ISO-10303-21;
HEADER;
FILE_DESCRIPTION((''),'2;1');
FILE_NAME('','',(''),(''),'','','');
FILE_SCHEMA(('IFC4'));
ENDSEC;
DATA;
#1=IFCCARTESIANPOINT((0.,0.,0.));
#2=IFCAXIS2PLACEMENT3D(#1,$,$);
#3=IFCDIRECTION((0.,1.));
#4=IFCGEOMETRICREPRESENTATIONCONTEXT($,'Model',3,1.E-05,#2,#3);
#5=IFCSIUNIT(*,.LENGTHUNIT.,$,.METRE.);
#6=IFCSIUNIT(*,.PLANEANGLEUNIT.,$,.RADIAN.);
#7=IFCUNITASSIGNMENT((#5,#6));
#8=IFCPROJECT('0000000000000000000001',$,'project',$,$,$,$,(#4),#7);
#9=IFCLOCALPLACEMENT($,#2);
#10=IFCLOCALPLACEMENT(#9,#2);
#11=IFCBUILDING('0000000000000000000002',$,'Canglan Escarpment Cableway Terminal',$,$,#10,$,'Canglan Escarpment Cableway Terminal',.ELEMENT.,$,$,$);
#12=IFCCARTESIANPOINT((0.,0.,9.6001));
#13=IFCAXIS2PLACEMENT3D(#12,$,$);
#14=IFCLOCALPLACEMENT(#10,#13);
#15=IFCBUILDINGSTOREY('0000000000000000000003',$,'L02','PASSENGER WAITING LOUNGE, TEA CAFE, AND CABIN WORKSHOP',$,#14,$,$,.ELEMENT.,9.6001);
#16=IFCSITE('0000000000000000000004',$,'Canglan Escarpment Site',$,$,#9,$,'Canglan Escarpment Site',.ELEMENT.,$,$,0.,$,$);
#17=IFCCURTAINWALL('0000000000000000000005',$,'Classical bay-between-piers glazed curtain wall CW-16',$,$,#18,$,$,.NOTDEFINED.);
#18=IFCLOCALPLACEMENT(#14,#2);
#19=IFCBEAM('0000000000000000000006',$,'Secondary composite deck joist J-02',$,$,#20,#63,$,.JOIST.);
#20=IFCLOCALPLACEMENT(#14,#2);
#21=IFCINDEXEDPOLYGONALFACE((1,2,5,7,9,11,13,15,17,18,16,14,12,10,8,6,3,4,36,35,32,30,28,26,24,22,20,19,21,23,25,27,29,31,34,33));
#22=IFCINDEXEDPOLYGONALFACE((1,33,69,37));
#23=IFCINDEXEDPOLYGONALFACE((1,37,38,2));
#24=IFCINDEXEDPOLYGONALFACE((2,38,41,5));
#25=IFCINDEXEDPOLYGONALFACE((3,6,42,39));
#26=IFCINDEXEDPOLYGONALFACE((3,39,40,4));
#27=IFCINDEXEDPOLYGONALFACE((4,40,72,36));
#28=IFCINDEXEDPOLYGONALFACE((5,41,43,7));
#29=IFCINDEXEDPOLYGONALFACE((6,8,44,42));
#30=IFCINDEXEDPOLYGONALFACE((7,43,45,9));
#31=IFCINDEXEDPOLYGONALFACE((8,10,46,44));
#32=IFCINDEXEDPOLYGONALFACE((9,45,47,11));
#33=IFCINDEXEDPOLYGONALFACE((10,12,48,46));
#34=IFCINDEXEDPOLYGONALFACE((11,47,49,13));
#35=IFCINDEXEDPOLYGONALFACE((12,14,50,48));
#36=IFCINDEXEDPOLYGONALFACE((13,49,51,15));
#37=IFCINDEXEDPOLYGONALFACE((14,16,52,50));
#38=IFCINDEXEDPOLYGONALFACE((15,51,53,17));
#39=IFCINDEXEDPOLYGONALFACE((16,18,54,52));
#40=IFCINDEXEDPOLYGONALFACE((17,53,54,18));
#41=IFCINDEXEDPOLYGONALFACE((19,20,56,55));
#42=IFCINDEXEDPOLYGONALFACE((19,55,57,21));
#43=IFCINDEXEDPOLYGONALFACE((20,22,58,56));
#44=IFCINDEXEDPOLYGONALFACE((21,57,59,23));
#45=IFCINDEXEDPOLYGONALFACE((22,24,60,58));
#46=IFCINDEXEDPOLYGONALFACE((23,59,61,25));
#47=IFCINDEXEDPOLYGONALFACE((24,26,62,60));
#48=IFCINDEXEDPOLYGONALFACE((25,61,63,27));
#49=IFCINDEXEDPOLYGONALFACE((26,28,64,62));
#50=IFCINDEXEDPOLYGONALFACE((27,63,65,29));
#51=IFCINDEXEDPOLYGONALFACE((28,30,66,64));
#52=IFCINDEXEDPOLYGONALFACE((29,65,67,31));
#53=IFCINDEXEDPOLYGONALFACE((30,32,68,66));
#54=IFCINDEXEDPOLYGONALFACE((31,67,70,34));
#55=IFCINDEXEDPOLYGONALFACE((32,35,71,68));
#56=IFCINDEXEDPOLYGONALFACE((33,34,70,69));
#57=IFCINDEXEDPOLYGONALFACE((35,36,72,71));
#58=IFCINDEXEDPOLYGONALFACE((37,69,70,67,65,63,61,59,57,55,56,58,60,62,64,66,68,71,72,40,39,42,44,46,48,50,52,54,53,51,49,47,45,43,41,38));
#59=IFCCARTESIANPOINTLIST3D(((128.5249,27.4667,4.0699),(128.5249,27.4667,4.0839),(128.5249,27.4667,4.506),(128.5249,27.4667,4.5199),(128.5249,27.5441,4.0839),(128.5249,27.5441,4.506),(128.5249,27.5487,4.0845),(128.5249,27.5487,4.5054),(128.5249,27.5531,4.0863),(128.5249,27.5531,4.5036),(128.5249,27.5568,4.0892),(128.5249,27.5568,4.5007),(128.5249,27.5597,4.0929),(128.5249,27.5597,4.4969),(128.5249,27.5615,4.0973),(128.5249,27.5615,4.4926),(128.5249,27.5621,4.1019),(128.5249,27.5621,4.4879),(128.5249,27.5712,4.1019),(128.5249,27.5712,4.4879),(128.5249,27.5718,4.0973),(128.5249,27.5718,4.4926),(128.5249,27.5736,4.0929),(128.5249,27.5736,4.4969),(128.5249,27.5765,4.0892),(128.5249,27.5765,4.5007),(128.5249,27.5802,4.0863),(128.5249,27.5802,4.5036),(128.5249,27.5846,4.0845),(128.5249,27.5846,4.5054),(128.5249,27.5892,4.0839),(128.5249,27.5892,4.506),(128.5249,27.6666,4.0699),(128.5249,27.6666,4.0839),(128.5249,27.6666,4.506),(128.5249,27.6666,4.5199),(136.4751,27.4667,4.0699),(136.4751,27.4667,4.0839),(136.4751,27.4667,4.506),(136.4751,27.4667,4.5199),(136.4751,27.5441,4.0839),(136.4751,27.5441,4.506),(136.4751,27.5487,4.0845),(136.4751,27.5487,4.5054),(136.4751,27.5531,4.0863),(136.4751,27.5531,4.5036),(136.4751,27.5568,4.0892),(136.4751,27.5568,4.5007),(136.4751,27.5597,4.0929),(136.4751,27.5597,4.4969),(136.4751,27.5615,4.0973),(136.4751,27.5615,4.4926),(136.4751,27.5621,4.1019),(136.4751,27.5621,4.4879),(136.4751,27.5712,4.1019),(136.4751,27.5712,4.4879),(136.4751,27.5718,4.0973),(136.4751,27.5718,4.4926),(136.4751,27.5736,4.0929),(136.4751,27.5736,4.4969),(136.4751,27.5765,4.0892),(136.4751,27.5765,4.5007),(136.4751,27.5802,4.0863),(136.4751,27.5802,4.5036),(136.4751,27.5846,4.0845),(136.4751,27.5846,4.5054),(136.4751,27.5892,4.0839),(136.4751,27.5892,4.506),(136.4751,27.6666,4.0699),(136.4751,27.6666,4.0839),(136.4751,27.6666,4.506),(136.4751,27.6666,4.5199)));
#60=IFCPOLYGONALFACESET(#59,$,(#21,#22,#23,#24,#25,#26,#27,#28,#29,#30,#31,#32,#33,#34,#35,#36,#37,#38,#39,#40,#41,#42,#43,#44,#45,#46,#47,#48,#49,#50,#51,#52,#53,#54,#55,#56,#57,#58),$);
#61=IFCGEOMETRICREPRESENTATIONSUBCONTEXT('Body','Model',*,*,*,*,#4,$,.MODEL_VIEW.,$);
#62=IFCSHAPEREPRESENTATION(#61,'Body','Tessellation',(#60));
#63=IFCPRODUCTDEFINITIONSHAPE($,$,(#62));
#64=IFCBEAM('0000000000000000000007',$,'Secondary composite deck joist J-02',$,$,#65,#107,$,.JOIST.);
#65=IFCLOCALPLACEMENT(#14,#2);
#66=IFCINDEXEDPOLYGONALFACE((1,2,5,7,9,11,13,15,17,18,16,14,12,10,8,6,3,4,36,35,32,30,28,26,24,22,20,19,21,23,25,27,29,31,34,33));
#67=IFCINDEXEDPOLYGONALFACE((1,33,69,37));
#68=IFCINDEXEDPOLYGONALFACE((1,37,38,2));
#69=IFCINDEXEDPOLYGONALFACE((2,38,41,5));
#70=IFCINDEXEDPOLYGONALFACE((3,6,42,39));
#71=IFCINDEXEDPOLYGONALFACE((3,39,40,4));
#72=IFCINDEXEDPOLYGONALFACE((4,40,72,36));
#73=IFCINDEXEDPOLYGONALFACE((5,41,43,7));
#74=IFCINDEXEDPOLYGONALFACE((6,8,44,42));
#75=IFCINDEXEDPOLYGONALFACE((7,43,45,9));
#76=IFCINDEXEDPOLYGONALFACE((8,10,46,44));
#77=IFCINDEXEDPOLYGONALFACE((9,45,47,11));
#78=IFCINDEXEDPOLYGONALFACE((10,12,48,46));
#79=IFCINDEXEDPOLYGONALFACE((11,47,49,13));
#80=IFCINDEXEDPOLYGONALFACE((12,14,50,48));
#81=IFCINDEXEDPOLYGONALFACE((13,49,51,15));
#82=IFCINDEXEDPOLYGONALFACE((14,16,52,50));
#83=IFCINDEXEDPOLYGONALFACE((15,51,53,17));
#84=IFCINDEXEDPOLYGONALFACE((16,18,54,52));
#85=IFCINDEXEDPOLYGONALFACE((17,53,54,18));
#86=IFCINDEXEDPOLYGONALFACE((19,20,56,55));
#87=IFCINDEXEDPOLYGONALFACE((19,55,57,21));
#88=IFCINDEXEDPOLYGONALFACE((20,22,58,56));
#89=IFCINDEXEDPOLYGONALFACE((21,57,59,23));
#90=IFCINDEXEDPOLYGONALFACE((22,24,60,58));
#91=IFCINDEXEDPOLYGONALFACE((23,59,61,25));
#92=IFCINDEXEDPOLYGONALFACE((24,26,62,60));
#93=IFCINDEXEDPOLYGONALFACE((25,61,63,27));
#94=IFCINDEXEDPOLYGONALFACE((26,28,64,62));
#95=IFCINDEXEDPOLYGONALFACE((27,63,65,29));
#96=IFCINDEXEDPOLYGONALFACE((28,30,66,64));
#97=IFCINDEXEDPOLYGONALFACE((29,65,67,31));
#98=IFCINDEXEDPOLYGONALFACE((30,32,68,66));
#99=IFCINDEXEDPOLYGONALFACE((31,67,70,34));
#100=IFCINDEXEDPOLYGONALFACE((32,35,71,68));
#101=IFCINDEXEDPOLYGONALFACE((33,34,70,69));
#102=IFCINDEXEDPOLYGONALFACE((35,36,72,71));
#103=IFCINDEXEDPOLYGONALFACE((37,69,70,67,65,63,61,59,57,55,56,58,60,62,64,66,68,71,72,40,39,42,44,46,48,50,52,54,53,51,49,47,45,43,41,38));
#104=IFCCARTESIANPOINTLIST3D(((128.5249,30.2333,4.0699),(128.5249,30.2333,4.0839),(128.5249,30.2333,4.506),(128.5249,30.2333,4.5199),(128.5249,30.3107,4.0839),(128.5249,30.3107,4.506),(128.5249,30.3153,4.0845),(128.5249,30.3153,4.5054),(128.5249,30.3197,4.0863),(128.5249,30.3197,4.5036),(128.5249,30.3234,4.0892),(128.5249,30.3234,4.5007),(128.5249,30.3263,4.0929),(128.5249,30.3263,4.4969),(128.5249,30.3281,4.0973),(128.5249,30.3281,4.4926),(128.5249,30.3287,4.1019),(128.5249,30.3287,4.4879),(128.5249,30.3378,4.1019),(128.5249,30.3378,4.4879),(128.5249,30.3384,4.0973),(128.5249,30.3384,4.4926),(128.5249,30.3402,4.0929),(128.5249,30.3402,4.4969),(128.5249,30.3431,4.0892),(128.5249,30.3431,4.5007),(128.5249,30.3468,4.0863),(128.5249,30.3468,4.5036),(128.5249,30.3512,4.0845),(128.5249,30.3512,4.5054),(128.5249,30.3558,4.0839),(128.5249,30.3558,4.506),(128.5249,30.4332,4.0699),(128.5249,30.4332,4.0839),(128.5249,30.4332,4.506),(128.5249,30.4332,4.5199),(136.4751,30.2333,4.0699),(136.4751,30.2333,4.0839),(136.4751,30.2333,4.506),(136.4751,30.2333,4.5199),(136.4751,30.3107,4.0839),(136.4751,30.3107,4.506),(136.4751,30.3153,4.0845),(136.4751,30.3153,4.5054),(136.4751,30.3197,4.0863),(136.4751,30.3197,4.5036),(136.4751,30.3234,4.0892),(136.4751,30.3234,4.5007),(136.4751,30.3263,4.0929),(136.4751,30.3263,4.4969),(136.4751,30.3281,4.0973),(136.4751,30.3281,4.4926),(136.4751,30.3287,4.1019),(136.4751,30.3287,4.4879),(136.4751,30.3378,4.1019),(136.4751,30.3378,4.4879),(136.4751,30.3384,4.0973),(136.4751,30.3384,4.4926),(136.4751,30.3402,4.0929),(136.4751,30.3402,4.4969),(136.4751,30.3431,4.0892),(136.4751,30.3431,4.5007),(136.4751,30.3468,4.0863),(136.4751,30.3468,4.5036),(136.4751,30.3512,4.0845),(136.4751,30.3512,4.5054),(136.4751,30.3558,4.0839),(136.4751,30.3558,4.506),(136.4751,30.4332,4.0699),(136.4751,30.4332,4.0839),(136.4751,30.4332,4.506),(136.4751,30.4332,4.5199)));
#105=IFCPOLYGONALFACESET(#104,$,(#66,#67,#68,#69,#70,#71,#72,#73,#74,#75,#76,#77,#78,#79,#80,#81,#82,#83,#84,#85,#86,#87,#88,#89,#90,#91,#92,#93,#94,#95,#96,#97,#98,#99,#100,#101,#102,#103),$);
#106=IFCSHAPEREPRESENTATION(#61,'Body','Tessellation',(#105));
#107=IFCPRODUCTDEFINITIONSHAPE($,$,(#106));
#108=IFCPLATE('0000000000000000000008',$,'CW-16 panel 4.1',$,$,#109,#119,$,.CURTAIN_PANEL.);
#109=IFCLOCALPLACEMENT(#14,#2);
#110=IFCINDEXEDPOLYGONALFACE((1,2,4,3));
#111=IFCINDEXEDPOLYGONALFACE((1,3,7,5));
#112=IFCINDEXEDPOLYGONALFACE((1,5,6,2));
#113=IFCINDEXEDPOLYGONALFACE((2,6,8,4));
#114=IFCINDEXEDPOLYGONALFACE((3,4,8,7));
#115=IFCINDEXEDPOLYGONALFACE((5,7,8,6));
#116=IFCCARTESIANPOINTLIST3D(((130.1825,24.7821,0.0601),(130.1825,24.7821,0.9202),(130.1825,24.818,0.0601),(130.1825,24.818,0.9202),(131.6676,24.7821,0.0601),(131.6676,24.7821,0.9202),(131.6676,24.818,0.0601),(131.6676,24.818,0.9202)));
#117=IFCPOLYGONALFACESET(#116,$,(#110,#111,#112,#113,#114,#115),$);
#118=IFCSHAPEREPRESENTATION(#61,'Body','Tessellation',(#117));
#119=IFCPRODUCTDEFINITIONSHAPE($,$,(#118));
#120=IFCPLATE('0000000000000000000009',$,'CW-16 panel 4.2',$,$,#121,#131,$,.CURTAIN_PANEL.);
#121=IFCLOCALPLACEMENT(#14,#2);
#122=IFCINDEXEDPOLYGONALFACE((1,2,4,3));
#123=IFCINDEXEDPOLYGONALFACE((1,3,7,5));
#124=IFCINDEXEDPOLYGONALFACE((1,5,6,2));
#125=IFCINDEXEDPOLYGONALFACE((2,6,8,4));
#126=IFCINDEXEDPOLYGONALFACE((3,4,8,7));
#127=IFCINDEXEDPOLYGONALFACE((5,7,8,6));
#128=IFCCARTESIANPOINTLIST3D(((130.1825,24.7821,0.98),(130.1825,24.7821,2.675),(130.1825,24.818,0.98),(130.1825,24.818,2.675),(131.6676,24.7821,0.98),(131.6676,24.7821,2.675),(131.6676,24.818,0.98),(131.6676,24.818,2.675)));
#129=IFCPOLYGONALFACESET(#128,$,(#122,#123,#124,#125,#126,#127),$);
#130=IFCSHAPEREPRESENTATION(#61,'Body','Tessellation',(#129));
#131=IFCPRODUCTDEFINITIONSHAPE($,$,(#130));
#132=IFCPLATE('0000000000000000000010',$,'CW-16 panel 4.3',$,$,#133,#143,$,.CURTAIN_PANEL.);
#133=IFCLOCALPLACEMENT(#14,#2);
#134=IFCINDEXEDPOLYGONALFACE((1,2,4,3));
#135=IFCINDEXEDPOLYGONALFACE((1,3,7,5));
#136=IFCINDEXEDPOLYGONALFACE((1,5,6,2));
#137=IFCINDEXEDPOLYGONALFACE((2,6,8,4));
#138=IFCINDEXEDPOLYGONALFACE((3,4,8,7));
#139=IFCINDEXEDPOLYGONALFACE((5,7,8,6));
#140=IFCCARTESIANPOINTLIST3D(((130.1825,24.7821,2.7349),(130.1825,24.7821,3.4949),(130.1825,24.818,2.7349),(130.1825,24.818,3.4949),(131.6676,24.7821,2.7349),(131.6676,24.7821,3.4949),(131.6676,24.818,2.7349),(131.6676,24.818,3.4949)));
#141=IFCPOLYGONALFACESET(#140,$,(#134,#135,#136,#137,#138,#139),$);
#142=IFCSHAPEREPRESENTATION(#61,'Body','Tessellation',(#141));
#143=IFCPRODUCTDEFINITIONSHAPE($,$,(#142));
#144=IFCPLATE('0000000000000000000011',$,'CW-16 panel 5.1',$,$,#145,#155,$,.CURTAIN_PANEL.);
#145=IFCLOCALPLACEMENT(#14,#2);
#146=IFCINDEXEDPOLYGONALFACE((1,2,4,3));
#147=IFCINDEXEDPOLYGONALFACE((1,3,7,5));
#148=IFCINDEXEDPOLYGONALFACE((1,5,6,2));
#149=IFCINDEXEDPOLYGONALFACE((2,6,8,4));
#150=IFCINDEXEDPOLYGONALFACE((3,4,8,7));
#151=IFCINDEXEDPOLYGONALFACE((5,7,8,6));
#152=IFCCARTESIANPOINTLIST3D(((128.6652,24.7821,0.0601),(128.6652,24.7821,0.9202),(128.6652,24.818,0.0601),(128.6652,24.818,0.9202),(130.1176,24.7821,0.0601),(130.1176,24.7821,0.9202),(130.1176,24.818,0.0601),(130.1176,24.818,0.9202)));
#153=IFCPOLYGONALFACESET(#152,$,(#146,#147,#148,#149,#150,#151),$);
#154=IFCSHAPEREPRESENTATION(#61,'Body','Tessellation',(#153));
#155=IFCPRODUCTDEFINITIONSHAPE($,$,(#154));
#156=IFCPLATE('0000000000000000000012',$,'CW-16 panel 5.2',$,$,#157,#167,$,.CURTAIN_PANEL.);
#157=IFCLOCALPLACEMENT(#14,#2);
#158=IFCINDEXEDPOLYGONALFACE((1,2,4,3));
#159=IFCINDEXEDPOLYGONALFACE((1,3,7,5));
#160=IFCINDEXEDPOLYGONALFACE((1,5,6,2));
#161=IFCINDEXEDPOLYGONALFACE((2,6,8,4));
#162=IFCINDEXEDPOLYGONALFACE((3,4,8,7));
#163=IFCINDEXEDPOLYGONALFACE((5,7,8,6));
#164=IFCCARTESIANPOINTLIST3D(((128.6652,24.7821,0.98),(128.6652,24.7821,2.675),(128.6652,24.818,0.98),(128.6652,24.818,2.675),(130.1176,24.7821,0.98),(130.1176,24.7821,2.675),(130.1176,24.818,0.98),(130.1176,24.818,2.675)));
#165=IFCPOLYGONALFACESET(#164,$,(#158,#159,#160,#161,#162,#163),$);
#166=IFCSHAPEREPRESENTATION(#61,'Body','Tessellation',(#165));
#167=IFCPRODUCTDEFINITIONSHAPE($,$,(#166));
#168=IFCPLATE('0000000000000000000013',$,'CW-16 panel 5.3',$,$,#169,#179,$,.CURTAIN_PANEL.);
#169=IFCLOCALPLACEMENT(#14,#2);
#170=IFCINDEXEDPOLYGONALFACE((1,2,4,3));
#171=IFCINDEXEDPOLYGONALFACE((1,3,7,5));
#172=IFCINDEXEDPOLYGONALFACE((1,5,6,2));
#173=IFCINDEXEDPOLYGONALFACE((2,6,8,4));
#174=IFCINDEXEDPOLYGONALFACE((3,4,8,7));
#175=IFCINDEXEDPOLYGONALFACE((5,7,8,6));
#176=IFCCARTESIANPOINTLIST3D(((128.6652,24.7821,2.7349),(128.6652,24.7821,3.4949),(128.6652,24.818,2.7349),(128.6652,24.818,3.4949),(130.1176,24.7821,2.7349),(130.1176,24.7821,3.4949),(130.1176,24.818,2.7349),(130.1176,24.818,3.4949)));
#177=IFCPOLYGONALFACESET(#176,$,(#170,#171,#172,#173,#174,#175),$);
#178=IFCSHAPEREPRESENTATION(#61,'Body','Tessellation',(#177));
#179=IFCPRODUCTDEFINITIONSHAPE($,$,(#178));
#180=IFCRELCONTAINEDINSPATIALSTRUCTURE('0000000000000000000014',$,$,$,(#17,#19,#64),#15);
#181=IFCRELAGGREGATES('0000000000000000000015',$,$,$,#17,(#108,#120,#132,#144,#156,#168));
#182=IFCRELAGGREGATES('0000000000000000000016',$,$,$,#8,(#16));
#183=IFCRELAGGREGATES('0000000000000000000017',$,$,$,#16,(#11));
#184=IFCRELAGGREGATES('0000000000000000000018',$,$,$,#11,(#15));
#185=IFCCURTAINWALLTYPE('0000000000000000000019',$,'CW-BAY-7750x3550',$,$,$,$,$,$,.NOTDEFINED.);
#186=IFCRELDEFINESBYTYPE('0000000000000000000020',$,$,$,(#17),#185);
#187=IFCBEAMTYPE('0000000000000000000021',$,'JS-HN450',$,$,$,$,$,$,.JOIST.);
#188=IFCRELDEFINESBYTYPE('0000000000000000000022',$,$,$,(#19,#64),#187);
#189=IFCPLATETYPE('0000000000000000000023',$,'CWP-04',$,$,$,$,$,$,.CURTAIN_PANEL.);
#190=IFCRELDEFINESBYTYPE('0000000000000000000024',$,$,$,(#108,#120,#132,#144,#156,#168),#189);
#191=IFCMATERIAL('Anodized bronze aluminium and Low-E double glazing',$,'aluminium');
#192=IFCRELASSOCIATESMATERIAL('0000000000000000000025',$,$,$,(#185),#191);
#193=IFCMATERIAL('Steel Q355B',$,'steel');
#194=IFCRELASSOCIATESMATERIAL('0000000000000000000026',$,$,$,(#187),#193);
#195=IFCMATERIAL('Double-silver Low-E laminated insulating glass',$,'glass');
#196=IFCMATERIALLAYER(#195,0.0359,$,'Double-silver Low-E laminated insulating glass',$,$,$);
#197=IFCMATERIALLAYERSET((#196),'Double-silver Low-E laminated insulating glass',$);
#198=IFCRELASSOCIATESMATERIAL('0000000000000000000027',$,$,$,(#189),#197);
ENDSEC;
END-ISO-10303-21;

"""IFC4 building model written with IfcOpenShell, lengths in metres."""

from ifc_helpers import new_model, si_unit, direction, frame, origin, origin_2d, place, context, subcontext, project, spatial, rectangle, i_section, extrude, material, layer, layer_set, material_profile, profile_set, type_object, element, aggregate, save


model = new_model("IFC4")

# Units and contexts
model_context = context("Model", 3, precision=1e-05, world=origin(), true_north=direction((0.0, 1.0)))
body_context = subcontext(model_context, "Body", "Model", "MODEL_VIEW")
ifc_project = project(units=[si_unit("LENGTHUNIT", "METRE"), si_unit("PLANEANGLEUNIT", "RADIAN")], contexts=[model_context])

# Site, building, storey
site_placement = place(None, origin())
site = spatial("IfcSite", under=ifc_project, at=site_placement, Name="Canglan Escarpment Site", LongName="Canglan Escarpment Site", CompositionType="ELEMENT", RefElevation=0.0)
building_placement = place(site_placement, origin())
building = spatial("IfcBuilding", under=site, at=building_placement, Name="Canglan Escarpment Cableway Terminal", LongName="Canglan Escarpment Cableway Terminal", CompositionType="ELEMENT")
storey_placement = place(building_placement, frame((0.0, 0.0, 9.6001)))
storey = spatial("IfcBuildingStorey", under=building, at=storey_placement, Name="L02", Description="PASSENGER WAITING LOUNGE, TEA CAFE, AND CABIN WORKSHOP", CompositionType="ELEMENT", Elevation=9.6001)

# Curtain wall
ifc_material_1 = material(Name="Anodized bronze aluminium and Low-E double glazing", Category="aluminium")
curtain_wall_type_1 = type_object("IfcCurtainWallType", Name="CW-BAY-7750x3550", PredefinedType="NOTDEFINED", material=ifc_material_1)
curtain_wall_1_placement = place(storey_placement, origin())
curtain_wall_1 = element("IfcCurtainWall", 1, at=curtain_wall_1_placement, inside=storey, type_object=curtain_wall_type_1, Name="Classical bay-between-piers glazed curtain wall CW-16", PredefinedType="NOTDEFINED")

# Beams
ifc_material_2 = material(Name="Steel Q355B", Category="steel")
ifc_material_profile_1 = material_profile(ifc_material_2, i_section(OverallWidth=0.2, OverallDepth=0.45, WebThickness=0.009, FlangeThickness=0.0139, FilletRadius=0.0181, at=origin_2d()), Name="HN 450x200x9x14")
ifc_profile_set_1 = profile_set([ifc_material_profile_1], Name="Steel Q355B")
beam_type_1 = type_object("IfcBeamType", Name="JS-HN450", PredefinedType="JOIST", material=ifc_profile_set_1)
for number, where, z_axis, x_axis, name in (
    (2, (128.5249, 27.5667, 4.2949), (1.0, 0.0, 0.0), (0.0, 1.0, 0.0), "Secondary composite deck joist J-02"),
    (3, (128.5249, 30.3333, 4.2949), (1.0, 0.0, 0.0), (0.0, 1.0, 0.0), "Secondary composite deck joist J-02"),
):
    element("IfcBeam", number, at=place(storey_placement, frame(where, z_axis=z_axis, x_axis=x_axis)), inside=storey, type_object=beam_type_1, Name=name, PredefinedType="JOIST", context=body_context, shape_type="SweptSolid", body=[
        extrude(i_section(OverallWidth=0.2, OverallDepth=0.45, WebThickness=0.009, FlangeThickness=0.0139, FilletRadius=0.0181, at=origin_2d()), origin(), (0.0, 0.0, 1.0), 7.9502),
    ])

# Plates
ifc_material_3 = material(Name="Double-silver Low-E laminated insulating glass", Category="glass")
ifc_layer_1 = layer(ifc_material_3, 0.0359, Name="Double-silver Low-E laminated insulating glass")
ifc_layer_set_1 = layer_set([ifc_layer_1], Name="Double-silver Low-E laminated insulating glass")
plate_type = type_object("IfcPlateType", Name="CWP-04", PredefinedType="CURTAIN_PANEL", material=ifc_layer_set_1)
plate_1_placement = place(storey_placement, frame((130.925, 24.8, 0.0601), z_axis=(0.0, 0.0, 1.0), x_axis=(-1.0, 0.0, 0.0)))
plate_1 = element("IfcPlate", 4, at=plate_1_placement, type_object=plate_type, Name="CW-16 panel 4.1", PredefinedType="CURTAIN_PANEL", context=body_context, shape_type="SweptSolid", body=[
    extrude(rectangle(XDim=1.4851, YDim=0.0359, at=origin_2d()), origin(), (0.0, 0.0, 1.0), 0.8601),
])
plate_2_placement = place(storey_placement, frame((130.925, 24.8, 0.98), z_axis=(0.0, 0.0, 1.0), x_axis=(-1.0, 0.0, 0.0)))
plate_2 = element("IfcPlate", 5, at=plate_2_placement, type_object=plate_type, Name="CW-16 panel 4.2", PredefinedType="CURTAIN_PANEL", context=body_context, shape_type="SweptSolid", body=[
    extrude(rectangle(XDim=1.4851, YDim=0.0359, at=origin_2d()), origin(), (0.0, 0.0, 1.0), 1.6951),
])
plate_3_placement = place(storey_placement, frame((130.925, 24.8, 2.7349), z_axis=(0.0, 0.0, 1.0), x_axis=(-1.0, 0.0, 0.0)))
plate_3 = element("IfcPlate", 6, at=plate_3_placement, type_object=plate_type, Name="CW-16 panel 4.3", PredefinedType="CURTAIN_PANEL", context=body_context, shape_type="SweptSolid", body=[
    extrude(rectangle(XDim=1.4851, YDim=0.0359, at=origin_2d()), origin(), (0.0, 0.0, 1.0), 0.76),
])
plate_4_placement = place(storey_placement, frame((129.3914, 24.8, 0.0601), z_axis=(0.0, 0.0, 1.0), x_axis=(-1.0, 0.0, 0.0)))
plate_4 = element("IfcPlate", 7, at=plate_4_placement, type_object=plate_type, Name="CW-16 panel 5.1", PredefinedType="CURTAIN_PANEL", context=body_context, shape_type="SweptSolid", body=[
    extrude(rectangle(XDim=1.4524, YDim=0.0359, at=origin_2d()), origin(), (0.0, 0.0, 1.0), 0.8601),
])
plate_5_placement = place(storey_placement, frame((129.3914, 24.8, 0.98), z_axis=(0.0, 0.0, 1.0), x_axis=(-1.0, 0.0, 0.0)))
plate_5 = element("IfcPlate", 8, at=plate_5_placement, type_object=plate_type, Name="CW-16 panel 5.2", PredefinedType="CURTAIN_PANEL", context=body_context, shape_type="SweptSolid", body=[
    extrude(rectangle(XDim=1.4524, YDim=0.0359, at=origin_2d()), origin(), (0.0, 0.0, 1.0), 1.6951),
])
plate_6_placement = place(storey_placement, frame((129.3914, 24.8, 2.7349), z_axis=(0.0, 0.0, 1.0), x_axis=(-1.0, 0.0, 0.0)))
plate_6 = element("IfcPlate", 9, at=plate_6_placement, type_object=plate_type, Name="CW-16 panel 5.3", PredefinedType="CURTAIN_PANEL", context=body_context, shape_type="SweptSolid", body=[
    extrude(rectangle(XDim=1.4524, YDim=0.0359, at=origin_2d()), origin(), (0.0, 0.0, 1.0), 0.76),
])
aggregate(curtain_wall_1, [plate_1, plate_2, plate_3, plate_4, plate_5, plate_6])

save(model, "model.ifc")
